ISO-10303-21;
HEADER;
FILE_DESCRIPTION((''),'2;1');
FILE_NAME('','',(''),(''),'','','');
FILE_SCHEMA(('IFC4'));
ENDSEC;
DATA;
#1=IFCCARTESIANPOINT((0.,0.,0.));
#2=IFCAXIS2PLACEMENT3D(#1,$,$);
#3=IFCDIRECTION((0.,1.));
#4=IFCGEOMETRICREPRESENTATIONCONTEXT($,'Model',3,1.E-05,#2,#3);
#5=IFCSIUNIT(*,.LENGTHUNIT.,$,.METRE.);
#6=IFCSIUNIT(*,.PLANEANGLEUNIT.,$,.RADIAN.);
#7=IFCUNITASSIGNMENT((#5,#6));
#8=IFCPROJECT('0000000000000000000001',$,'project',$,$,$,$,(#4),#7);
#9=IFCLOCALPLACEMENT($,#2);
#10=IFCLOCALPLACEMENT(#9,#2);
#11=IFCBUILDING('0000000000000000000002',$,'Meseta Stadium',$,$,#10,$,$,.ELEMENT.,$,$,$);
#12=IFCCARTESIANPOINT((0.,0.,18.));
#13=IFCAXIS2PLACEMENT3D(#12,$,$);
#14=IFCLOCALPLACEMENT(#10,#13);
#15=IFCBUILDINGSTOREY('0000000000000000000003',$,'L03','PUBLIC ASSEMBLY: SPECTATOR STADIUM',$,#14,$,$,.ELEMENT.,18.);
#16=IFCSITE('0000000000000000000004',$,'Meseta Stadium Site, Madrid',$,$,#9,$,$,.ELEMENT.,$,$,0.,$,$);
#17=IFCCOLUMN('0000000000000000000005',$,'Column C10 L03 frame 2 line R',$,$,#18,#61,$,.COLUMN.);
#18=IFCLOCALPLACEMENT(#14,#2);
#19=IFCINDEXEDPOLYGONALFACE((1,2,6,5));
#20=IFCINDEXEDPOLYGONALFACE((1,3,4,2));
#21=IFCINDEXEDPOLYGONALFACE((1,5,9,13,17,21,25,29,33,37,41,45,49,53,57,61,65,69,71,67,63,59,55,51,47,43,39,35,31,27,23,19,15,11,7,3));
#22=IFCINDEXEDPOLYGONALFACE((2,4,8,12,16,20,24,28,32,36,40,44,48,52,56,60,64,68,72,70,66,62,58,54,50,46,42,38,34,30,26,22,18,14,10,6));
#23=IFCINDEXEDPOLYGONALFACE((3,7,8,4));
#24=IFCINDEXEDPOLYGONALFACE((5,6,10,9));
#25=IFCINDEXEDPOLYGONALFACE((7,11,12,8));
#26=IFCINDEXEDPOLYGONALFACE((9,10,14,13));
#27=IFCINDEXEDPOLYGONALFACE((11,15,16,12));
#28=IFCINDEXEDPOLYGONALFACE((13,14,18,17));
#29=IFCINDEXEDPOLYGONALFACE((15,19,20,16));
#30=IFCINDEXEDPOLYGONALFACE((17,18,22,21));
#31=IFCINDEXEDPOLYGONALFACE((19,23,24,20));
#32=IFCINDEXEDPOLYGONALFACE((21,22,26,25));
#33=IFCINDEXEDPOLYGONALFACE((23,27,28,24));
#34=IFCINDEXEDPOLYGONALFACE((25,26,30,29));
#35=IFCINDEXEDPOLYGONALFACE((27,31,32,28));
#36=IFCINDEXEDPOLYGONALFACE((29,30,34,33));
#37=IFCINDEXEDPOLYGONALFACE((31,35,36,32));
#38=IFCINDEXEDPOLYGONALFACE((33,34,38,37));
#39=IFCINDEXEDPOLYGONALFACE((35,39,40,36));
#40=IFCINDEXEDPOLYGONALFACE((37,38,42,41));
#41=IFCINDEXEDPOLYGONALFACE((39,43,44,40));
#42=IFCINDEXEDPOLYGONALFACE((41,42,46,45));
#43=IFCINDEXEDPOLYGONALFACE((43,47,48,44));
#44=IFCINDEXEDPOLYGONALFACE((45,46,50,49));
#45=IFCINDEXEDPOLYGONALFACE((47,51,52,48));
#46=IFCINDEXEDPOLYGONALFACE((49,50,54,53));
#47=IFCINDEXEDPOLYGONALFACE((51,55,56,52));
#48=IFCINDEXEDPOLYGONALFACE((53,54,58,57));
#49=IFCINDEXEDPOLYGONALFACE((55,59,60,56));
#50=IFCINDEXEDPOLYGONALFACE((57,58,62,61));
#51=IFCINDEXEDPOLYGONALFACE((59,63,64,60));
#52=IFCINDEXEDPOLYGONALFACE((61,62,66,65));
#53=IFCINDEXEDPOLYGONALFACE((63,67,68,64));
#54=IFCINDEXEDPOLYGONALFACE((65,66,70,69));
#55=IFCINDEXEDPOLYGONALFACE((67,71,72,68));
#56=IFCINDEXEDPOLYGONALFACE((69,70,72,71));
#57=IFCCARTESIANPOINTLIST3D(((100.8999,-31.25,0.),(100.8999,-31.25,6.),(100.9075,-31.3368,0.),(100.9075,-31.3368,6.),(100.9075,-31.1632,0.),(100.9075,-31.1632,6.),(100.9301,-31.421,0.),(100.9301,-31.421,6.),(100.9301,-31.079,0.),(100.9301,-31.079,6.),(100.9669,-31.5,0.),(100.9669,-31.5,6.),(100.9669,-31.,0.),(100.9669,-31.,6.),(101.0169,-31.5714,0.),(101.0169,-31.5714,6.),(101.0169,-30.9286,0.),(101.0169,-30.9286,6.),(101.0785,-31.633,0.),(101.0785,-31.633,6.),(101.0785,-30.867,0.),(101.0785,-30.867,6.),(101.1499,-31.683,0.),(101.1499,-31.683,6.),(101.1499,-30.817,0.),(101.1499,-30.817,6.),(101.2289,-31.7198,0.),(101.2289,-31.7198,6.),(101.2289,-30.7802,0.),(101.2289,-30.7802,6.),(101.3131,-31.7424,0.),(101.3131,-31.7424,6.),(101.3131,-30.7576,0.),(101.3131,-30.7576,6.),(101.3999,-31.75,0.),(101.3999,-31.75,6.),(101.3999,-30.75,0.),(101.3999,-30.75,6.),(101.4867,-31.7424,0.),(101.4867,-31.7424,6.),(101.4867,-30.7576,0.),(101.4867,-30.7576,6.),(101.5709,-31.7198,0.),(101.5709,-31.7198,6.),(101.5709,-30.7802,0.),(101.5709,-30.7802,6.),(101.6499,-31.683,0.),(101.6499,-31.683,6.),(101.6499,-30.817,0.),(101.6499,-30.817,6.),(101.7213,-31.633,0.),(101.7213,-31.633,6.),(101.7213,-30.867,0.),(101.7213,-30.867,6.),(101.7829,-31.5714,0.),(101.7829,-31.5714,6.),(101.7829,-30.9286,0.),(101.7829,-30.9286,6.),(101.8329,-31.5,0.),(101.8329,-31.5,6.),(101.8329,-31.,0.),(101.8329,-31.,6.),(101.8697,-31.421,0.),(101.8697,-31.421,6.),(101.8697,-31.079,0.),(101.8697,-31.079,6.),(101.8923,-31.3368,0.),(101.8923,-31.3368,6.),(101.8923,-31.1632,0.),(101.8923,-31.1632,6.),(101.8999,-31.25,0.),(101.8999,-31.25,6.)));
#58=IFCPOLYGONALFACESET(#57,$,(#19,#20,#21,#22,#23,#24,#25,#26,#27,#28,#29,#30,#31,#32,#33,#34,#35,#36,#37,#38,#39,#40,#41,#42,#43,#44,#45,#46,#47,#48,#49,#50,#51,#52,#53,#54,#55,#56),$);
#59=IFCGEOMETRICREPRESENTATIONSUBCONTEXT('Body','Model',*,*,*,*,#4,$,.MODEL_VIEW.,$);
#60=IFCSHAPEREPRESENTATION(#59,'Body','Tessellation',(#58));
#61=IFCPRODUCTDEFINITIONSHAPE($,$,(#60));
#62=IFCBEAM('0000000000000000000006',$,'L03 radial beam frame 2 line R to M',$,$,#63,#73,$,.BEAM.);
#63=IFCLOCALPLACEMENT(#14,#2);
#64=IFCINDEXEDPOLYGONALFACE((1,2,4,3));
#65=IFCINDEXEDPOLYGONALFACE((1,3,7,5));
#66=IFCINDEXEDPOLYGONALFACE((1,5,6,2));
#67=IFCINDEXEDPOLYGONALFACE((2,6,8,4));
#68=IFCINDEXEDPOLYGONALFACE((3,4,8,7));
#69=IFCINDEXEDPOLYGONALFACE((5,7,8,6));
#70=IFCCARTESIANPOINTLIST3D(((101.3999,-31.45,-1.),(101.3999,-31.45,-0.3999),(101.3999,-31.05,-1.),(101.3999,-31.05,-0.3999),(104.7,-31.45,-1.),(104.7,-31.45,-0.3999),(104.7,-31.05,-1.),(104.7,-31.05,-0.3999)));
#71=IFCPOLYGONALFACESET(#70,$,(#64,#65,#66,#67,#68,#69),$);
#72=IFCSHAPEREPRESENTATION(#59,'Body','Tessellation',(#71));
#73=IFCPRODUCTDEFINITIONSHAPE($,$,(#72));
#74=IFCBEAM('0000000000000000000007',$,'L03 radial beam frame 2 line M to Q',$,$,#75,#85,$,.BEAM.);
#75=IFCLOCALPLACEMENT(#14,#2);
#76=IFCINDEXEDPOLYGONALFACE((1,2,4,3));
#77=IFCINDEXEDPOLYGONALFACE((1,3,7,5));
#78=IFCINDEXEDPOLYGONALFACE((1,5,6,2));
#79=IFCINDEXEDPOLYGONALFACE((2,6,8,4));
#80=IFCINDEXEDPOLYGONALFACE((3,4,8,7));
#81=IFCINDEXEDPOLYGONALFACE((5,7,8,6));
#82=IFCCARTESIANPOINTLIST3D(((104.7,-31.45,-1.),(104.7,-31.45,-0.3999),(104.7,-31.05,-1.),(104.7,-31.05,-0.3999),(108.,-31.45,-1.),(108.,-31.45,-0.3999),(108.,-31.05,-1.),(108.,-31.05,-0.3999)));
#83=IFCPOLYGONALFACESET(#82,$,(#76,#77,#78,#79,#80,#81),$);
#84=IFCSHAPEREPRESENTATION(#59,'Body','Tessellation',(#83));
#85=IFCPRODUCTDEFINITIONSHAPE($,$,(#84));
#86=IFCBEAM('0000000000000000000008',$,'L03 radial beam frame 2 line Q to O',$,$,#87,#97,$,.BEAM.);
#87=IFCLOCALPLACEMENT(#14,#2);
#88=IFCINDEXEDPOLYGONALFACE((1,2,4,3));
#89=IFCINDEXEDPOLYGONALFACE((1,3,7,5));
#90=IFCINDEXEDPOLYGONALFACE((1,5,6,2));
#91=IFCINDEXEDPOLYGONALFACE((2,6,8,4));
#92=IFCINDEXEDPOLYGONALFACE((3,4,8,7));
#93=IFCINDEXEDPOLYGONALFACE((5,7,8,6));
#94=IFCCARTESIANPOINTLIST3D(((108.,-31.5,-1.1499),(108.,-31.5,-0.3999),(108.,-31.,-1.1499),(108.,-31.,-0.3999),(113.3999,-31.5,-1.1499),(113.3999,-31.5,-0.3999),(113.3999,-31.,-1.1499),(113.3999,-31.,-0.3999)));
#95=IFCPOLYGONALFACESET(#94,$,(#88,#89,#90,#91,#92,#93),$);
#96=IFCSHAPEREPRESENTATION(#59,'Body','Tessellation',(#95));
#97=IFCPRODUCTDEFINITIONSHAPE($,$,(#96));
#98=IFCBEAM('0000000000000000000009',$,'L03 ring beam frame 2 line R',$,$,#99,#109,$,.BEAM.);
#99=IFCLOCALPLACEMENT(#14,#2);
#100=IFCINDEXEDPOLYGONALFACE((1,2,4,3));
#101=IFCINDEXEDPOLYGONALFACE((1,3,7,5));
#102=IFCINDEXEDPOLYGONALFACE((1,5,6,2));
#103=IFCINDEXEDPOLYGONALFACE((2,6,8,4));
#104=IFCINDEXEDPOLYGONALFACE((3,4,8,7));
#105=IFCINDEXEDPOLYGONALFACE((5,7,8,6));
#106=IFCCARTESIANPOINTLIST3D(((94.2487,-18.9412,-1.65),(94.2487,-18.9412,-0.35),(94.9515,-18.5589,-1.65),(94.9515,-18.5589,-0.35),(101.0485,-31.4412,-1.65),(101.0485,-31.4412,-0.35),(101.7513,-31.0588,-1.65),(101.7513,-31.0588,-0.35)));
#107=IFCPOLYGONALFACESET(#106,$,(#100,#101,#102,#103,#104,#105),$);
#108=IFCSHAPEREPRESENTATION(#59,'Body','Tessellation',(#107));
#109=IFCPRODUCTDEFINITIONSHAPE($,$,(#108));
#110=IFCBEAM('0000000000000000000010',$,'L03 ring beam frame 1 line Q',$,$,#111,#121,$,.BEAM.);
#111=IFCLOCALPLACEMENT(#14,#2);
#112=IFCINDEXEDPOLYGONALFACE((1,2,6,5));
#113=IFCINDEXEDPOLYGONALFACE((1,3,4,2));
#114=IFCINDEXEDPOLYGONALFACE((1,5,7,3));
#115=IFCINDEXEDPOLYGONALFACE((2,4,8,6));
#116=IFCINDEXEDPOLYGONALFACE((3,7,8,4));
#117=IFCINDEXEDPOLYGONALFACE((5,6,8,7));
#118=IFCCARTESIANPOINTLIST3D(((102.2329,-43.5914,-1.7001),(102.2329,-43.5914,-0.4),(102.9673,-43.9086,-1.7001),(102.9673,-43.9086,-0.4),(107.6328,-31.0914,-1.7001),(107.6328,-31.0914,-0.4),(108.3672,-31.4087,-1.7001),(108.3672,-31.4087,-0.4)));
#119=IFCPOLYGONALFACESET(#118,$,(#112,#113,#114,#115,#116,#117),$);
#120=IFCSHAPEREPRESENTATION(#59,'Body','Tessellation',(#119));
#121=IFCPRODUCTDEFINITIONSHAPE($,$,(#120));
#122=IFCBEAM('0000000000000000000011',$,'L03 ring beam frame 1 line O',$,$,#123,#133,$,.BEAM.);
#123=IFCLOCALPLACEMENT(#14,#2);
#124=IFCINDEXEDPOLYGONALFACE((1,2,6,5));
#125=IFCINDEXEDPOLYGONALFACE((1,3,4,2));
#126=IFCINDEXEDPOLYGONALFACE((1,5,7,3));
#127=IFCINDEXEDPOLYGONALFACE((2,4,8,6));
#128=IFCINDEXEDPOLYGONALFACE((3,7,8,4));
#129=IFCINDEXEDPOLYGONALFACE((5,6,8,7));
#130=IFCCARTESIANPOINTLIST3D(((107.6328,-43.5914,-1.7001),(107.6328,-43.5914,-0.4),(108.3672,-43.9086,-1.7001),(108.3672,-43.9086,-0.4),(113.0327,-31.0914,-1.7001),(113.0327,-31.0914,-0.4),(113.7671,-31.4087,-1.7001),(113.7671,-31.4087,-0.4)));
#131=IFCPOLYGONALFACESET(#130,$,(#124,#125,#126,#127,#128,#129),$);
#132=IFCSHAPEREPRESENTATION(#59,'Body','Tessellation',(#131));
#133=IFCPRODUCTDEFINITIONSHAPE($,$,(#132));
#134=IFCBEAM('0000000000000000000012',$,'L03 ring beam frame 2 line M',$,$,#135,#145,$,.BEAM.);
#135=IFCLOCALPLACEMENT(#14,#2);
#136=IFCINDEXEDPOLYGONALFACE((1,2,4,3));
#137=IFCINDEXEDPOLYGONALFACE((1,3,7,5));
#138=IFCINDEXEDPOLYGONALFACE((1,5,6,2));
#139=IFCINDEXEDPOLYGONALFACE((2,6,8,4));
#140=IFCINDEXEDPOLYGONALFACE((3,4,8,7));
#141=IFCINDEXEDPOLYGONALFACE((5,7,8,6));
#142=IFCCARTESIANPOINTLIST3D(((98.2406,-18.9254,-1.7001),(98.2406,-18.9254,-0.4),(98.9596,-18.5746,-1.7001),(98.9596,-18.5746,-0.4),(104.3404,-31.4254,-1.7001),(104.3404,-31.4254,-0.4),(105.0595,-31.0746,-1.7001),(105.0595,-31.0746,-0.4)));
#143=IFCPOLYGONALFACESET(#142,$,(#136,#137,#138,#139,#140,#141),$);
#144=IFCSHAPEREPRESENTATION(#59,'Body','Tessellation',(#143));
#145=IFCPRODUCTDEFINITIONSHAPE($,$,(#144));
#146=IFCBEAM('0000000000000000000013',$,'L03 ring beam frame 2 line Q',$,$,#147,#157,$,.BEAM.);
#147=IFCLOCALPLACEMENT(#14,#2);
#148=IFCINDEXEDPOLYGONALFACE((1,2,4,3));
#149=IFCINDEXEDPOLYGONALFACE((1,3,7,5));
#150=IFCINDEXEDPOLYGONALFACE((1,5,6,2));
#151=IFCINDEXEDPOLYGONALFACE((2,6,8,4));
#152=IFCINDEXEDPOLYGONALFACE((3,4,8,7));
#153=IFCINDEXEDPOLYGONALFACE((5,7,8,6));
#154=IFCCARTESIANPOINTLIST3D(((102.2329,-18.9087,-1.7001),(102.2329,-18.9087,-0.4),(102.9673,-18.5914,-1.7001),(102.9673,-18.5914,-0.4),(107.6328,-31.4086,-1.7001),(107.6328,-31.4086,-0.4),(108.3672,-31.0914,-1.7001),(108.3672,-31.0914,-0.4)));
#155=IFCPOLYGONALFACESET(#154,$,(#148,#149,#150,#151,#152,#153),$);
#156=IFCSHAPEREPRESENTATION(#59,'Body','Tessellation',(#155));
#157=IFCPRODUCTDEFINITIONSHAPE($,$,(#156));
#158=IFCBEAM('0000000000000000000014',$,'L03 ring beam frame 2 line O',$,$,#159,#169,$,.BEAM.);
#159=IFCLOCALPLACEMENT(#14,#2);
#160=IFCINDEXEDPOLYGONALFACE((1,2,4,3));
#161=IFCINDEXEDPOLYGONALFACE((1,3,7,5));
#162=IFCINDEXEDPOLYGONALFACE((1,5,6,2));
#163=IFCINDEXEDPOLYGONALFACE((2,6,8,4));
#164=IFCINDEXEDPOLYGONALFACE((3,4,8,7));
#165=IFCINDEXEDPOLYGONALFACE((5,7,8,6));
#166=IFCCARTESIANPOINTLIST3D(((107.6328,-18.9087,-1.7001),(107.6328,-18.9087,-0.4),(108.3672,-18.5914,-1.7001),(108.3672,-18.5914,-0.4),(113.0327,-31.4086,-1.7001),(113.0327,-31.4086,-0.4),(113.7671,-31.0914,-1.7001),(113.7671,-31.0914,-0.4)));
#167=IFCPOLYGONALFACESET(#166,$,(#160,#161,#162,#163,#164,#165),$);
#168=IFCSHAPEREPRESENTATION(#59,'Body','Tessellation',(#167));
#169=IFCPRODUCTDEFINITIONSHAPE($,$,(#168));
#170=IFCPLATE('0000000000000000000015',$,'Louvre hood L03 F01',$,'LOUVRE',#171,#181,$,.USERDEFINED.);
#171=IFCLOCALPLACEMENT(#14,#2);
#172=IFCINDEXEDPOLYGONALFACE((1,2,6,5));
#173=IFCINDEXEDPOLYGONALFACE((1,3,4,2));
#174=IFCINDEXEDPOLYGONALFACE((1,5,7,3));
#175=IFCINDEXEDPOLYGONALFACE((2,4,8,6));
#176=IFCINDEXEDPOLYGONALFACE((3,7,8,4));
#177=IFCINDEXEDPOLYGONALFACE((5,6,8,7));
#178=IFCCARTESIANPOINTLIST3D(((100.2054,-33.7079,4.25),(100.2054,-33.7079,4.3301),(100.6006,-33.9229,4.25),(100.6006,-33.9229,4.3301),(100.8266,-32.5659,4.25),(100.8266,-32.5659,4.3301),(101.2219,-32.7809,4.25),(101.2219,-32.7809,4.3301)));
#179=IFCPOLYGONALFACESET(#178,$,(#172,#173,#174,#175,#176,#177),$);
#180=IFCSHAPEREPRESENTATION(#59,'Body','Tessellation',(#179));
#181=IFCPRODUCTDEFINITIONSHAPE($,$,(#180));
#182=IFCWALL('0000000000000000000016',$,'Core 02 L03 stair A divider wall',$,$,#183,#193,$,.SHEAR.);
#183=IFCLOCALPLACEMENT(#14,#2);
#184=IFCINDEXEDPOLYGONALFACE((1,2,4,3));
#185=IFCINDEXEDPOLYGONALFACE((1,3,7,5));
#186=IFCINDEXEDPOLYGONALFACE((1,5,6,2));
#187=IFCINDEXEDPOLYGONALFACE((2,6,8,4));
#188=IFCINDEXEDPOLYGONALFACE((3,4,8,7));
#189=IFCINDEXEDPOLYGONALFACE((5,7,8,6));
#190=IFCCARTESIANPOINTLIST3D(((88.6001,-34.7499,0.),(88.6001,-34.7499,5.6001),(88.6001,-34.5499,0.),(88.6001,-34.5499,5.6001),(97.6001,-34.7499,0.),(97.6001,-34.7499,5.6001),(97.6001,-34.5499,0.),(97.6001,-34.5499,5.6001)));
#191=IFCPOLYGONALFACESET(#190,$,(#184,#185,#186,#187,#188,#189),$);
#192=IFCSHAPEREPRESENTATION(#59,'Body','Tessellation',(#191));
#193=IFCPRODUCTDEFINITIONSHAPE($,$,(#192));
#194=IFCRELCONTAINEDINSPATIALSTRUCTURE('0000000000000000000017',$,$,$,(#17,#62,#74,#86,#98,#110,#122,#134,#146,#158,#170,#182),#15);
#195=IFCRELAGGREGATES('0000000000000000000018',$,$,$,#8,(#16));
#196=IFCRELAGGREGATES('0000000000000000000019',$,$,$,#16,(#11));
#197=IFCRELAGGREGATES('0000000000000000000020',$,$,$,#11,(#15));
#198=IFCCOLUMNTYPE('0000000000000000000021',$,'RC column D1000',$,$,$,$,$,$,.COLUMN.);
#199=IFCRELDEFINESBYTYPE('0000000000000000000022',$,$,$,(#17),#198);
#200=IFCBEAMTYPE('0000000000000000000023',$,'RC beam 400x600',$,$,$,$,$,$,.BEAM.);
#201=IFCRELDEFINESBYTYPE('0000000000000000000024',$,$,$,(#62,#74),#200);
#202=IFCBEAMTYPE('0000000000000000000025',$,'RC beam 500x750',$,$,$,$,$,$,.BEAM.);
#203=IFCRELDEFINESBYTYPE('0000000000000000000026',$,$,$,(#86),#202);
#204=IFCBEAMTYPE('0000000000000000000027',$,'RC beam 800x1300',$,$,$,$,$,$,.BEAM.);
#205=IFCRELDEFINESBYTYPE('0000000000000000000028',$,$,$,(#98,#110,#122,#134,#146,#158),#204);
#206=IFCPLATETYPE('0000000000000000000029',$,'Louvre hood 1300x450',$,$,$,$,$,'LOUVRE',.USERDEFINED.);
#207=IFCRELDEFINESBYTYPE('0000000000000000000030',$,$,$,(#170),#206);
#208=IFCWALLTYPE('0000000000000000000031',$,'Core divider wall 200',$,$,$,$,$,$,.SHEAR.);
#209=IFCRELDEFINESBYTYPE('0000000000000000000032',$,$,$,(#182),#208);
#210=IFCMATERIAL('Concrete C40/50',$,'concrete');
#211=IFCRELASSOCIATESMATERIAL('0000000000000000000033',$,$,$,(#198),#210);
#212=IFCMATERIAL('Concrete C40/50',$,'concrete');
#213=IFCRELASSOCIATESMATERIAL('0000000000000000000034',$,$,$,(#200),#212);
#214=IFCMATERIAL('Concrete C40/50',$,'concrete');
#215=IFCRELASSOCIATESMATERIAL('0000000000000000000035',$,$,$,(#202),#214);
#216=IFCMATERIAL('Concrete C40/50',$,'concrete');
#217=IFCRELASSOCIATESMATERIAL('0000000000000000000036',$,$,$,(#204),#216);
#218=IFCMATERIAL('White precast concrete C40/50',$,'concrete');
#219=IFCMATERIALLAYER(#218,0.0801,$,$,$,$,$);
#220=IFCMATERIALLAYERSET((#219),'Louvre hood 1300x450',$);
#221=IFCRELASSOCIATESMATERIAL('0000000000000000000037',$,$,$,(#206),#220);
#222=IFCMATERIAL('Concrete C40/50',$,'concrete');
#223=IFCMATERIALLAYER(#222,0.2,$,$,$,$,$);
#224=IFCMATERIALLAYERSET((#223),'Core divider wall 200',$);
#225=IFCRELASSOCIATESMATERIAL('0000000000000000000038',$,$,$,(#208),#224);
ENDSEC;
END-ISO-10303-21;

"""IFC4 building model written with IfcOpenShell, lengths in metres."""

from ifc_helpers import new_model, si_unit, direction, frame, frame_2d, origin, origin_2d, place, context, subcontext, project, spatial, rectangle, circle, extrude, material, layer, layer_set, material_profile, profile_set, type_object, element, save


model = new_model("IFC4")

# Units and contexts
model_context = context("Model", 3, precision=1e-05, world=origin(), true_north=direction((0.0, 1.0)))
body_context = subcontext(model_context, "Body", "Model", "MODEL_VIEW")
ifc_project = project(units=[si_unit("LENGTHUNIT", "METRE"), si_unit("PLANEANGLEUNIT", "RADIAN")], contexts=[model_context])

# Site, building, storey
site_placement = place(None, origin())
site = spatial("IfcSite", under=ifc_project, at=site_placement, Name="Meseta Stadium Site, Madrid", CompositionType="ELEMENT", RefElevation=0.0)
building_placement = place(site_placement, origin())
building = spatial("IfcBuilding", under=site, at=building_placement, Name="Meseta Stadium", CompositionType="ELEMENT")
storey_placement = place(building_placement, frame((0.0, 0.0, 18.0)))
storey = spatial("IfcBuildingStorey", under=building, at=storey_placement, Name="L03", Description="PUBLIC ASSEMBLY: SPECTATOR STADIUM", CompositionType="ELEMENT", Elevation=18.0)

# Column
ifc_material_1 = material(Name="Concrete C40/50", Category="concrete")
ifc_material_profile_1 = material_profile(ifc_material_1, circle(Radius=0.5, at=origin_2d()), Name="RC D1000")
ifc_profile_set_1 = profile_set([ifc_material_profile_1], Name="Concrete C40/50")
column_type = type_object("IfcColumnType", Name="RC column D1000", PredefinedType="COLUMN", material=ifc_profile_set_1)
column_placement = place(storey_placement, frame((101.3999, -31.25, 0.0), z_axis=(0.0, 0.0, 1.0), x_axis=(1.0, 0.0, 0.0)))
element("IfcColumn", 1, at=column_placement, inside=storey, type_object=column_type, Name="Column C10 L03 frame 2 line R", PredefinedType="COLUMN", context=body_context, shape_type="SweptSolid", body=[
    extrude(circle(Radius=0.5, at=origin_2d()), origin(), (0.0, 0.0, 1.0), 6.0),
])

# Beams
ifc_material_2 = material(Name="Concrete C40/50", Category="concrete")
ifc_material_profile_2 = material_profile(ifc_material_2, rectangle(XDim=0.3999, YDim=0.6001, at=origin_2d()), Name="RC 400x600")
ifc_profile_set_2 = profile_set([ifc_material_profile_2], Name="Concrete C40/50")
beam_type_1 = type_object("IfcBeamType", Name="RC beam 400x600", PredefinedType="BEAM", material=ifc_profile_set_2)
for number, where, z_axis, x_axis, name in (
    (2, (101.3999, -31.25, -0.7), (1.0, 0.0, 0.0), (0.0, 1.0, 0.0), "L03 radial beam frame 2 line R to M"),
    (3, (104.7, -31.25, -0.7), (1.0, 0.0, 0.0), (0.0, 1.0, 0.0), "L03 radial beam frame 2 line M to Q"),
):
    element("IfcBeam", number, at=place(storey_placement, frame(where, z_axis=z_axis, x_axis=x_axis)), inside=storey, type_object=beam_type_1, Name=name, PredefinedType="BEAM", context=body_context, shape_type="SweptSolid", body=[
        extrude(rectangle(XDim=0.3999, YDim=0.6001, at=origin_2d()), origin(), (0.0, 0.0, 1.0), 3.3),
    ])
ifc_material_3 = material(Name="Concrete C40/50", Category="concrete")
ifc_material_profile_3 = material_profile(ifc_material_3, rectangle(XDim=0.5, YDim=0.75, at=origin_2d()), Name="RC 500x750")
ifc_profile_set_3 = profile_set([ifc_material_profile_3], Name="Concrete C40/50")
beam_type_2 = type_object("IfcBeamType", Name="RC beam 500x750", PredefinedType="BEAM", material=ifc_profile_set_3)
beam_1_placement = place(storey_placement, frame((108.0, -31.25, -0.7749), z_axis=(1.0, 0.0, 0.0), x_axis=(0.0, 1.0, 0.0)))
element("IfcBeam", 4, at=beam_1_placement, inside=storey, type_object=beam_type_2, Name="L03 radial beam frame 2 line Q to O", PredefinedType="BEAM", context=body_context, shape_type="SweptSolid", body=[
    extrude(rectangle(XDim=0.5, YDim=0.75, at=origin_2d()), origin(), (0.0, 0.0, 1.0), 5.3999),
])
ifc_material_4 = material(Name="Concrete C40/50", Category="concrete")
ifc_material_profile_4 = material_profile(ifc_material_4, rectangle(XDim=0.8, YDim=1.3, at=origin_2d()), Name="RC 800x1300")
ifc_profile_set_4 = profile_set([ifc_material_profile_4], Name="Concrete C40/50")
beam_type_3 = type_object("IfcBeamType", Name="RC beam 800x1300", PredefinedType="BEAM", material=ifc_profile_set_4)
beam_2_placement = place(storey_placement, frame((101.3999, -31.25, -1.0), z_axis=(-0.477856, 0.878438, 0.0), x_axis=(-0.878438, -0.477856, 0.0)))
element("IfcBeam", 5, at=beam_2_placement, inside=storey, type_object=beam_type_3, Name="L03 ring beam frame 2 line R", PredefinedType="BEAM", context=body_context, shape_type="SweptSolid", body=[
    extrude(rectangle(XDim=0.8, YDim=1.3, at=origin_2d()), origin(), (0.0, 0.0, 1.0), 14.2297),
])
for number, where, z_axis, x_axis, name in (
    (6, (102.6001, -43.75, -1.05), (0.396571, 0.918004, 0.0), (-0.918004, 0.396571, 0.0), "L03 ring beam frame 1 line Q"),
    (7, (108.0, -43.75, -1.05), (0.396571, 0.918004, 0.0), (-0.918004, 0.396571, 0.0), "L03 ring beam frame 1 line O"),
):
    element("IfcBeam", number, at=place(storey_placement, frame(where, z_axis=z_axis, x_axis=x_axis)), inside=storey, type_object=beam_type_3, Name=name, PredefinedType="BEAM", context=body_context, shape_type="SweptSolid", body=[
        extrude(rectangle(XDim=0.8, YDim=1.3, at=origin_2d()), origin(), (0.0, 0.0, 1.0), 13.6165),
    ])
beam_3_placement = place(storey_placement, frame((104.7, -31.25, -1.05), z_axis=(-0.438557, 0.898703, 0.0), x_axis=(-0.898703, -0.438557, 0.0)))
element("IfcBeam", 8, at=beam_3_placement, inside=storey, type_object=beam_type_3, Name="L03 ring beam frame 2 line M", PredefinedType="BEAM", context=body_context, shape_type="SweptSolid", body=[
    extrude(rectangle(XDim=0.8, YDim=1.3, at=origin_2d()), origin(), (0.0, 0.0, 1.0), 13.9089),
])
for number, where, z_axis, x_axis, name in (
    (9, (108.0, -31.25, -1.05), (-0.396571, 0.918004, 0.0), (-0.918004, -0.396571, 0.0), "L03 ring beam frame 2 line Q"),
    (10, (113.3999, -31.25, -1.05), (-0.396571, 0.918004, 0.0), (-0.918004, -0.396571, 0.0), "L03 ring beam frame 2 line O"),
):
    element("IfcBeam", number, at=place(storey_placement, frame(where, z_axis=z_axis, x_axis=x_axis)), inside=storey, type_object=beam_type_3, Name=name, PredefinedType="BEAM", context=body_context, shape_type="SweptSolid", body=[
        extrude(rectangle(XDim=0.8, YDim=1.3, at=origin_2d()), origin(), (0.0, 0.0, 1.0), 13.6165),
    ])

# Plate
ifc_material_5 = material(Name="White precast concrete C40/50", Category="concrete")
ifc_layer_1 = layer(ifc_material_5, 0.0801)
ifc_layer_set_1 = layer_set([ifc_layer_1], Name="Louvre hood 1300x450")
plate_type = type_object("IfcPlateType", Name="Louvre hood 1300x450", ElementType="LOUVRE", PredefinedType="USERDEFINED", material=ifc_layer_set_1)
plate_placement = place(storey_placement, frame((100.7136, -33.2444, 4.25), z_axis=(0.0, 0.0, 1.0), x_axis=(0.477867, 0.878432, 0.0)))
element("IfcPlate", 11, at=plate_placement, inside=storey, type_object=plate_type, Name="Louvre hood L03 F01", ObjectType="LOUVRE", PredefinedType="USERDEFINED", context=body_context, shape_type="SweptSolid", body=[
    extrude(rectangle(XDim=1.3, YDim=0.45, at=origin_2d()), origin(), (0.0, 0.0, 1.0), 0.0801),
])

# Wall
ifc_material_6 = material(Name="Concrete C40/50", Category="concrete")
ifc_layer_2 = layer(ifc_material_6, 0.2)
ifc_layer_set_2 = layer_set([ifc_layer_2], Name="Core divider wall 200")
wall_type_1 = type_object("IfcWallType", Name="Core divider wall 200", PredefinedType="SHEAR", material=ifc_layer_set_2)
wall_1_placement = place(storey_placement, frame((97.6001, -34.6499, 0.0), z_axis=(0.0, 0.0, 1.0), x_axis=(-1.0, 0.0, 0.0)))
element("IfcWall", 12, at=wall_1_placement, inside=storey, type_object=wall_type_1, Name="Core 02 L03 stair A divider wall", PredefinedType="SHEAR", context=body_context, shape_type="SweptSolid", body=[
    extrude(rectangle(XDim=9.0, YDim=0.2, at=frame_2d((4.5, 0.0))), origin(), (0.0, 0.0, 1.0), 5.6001),
])

save(model, "model.ifc")
